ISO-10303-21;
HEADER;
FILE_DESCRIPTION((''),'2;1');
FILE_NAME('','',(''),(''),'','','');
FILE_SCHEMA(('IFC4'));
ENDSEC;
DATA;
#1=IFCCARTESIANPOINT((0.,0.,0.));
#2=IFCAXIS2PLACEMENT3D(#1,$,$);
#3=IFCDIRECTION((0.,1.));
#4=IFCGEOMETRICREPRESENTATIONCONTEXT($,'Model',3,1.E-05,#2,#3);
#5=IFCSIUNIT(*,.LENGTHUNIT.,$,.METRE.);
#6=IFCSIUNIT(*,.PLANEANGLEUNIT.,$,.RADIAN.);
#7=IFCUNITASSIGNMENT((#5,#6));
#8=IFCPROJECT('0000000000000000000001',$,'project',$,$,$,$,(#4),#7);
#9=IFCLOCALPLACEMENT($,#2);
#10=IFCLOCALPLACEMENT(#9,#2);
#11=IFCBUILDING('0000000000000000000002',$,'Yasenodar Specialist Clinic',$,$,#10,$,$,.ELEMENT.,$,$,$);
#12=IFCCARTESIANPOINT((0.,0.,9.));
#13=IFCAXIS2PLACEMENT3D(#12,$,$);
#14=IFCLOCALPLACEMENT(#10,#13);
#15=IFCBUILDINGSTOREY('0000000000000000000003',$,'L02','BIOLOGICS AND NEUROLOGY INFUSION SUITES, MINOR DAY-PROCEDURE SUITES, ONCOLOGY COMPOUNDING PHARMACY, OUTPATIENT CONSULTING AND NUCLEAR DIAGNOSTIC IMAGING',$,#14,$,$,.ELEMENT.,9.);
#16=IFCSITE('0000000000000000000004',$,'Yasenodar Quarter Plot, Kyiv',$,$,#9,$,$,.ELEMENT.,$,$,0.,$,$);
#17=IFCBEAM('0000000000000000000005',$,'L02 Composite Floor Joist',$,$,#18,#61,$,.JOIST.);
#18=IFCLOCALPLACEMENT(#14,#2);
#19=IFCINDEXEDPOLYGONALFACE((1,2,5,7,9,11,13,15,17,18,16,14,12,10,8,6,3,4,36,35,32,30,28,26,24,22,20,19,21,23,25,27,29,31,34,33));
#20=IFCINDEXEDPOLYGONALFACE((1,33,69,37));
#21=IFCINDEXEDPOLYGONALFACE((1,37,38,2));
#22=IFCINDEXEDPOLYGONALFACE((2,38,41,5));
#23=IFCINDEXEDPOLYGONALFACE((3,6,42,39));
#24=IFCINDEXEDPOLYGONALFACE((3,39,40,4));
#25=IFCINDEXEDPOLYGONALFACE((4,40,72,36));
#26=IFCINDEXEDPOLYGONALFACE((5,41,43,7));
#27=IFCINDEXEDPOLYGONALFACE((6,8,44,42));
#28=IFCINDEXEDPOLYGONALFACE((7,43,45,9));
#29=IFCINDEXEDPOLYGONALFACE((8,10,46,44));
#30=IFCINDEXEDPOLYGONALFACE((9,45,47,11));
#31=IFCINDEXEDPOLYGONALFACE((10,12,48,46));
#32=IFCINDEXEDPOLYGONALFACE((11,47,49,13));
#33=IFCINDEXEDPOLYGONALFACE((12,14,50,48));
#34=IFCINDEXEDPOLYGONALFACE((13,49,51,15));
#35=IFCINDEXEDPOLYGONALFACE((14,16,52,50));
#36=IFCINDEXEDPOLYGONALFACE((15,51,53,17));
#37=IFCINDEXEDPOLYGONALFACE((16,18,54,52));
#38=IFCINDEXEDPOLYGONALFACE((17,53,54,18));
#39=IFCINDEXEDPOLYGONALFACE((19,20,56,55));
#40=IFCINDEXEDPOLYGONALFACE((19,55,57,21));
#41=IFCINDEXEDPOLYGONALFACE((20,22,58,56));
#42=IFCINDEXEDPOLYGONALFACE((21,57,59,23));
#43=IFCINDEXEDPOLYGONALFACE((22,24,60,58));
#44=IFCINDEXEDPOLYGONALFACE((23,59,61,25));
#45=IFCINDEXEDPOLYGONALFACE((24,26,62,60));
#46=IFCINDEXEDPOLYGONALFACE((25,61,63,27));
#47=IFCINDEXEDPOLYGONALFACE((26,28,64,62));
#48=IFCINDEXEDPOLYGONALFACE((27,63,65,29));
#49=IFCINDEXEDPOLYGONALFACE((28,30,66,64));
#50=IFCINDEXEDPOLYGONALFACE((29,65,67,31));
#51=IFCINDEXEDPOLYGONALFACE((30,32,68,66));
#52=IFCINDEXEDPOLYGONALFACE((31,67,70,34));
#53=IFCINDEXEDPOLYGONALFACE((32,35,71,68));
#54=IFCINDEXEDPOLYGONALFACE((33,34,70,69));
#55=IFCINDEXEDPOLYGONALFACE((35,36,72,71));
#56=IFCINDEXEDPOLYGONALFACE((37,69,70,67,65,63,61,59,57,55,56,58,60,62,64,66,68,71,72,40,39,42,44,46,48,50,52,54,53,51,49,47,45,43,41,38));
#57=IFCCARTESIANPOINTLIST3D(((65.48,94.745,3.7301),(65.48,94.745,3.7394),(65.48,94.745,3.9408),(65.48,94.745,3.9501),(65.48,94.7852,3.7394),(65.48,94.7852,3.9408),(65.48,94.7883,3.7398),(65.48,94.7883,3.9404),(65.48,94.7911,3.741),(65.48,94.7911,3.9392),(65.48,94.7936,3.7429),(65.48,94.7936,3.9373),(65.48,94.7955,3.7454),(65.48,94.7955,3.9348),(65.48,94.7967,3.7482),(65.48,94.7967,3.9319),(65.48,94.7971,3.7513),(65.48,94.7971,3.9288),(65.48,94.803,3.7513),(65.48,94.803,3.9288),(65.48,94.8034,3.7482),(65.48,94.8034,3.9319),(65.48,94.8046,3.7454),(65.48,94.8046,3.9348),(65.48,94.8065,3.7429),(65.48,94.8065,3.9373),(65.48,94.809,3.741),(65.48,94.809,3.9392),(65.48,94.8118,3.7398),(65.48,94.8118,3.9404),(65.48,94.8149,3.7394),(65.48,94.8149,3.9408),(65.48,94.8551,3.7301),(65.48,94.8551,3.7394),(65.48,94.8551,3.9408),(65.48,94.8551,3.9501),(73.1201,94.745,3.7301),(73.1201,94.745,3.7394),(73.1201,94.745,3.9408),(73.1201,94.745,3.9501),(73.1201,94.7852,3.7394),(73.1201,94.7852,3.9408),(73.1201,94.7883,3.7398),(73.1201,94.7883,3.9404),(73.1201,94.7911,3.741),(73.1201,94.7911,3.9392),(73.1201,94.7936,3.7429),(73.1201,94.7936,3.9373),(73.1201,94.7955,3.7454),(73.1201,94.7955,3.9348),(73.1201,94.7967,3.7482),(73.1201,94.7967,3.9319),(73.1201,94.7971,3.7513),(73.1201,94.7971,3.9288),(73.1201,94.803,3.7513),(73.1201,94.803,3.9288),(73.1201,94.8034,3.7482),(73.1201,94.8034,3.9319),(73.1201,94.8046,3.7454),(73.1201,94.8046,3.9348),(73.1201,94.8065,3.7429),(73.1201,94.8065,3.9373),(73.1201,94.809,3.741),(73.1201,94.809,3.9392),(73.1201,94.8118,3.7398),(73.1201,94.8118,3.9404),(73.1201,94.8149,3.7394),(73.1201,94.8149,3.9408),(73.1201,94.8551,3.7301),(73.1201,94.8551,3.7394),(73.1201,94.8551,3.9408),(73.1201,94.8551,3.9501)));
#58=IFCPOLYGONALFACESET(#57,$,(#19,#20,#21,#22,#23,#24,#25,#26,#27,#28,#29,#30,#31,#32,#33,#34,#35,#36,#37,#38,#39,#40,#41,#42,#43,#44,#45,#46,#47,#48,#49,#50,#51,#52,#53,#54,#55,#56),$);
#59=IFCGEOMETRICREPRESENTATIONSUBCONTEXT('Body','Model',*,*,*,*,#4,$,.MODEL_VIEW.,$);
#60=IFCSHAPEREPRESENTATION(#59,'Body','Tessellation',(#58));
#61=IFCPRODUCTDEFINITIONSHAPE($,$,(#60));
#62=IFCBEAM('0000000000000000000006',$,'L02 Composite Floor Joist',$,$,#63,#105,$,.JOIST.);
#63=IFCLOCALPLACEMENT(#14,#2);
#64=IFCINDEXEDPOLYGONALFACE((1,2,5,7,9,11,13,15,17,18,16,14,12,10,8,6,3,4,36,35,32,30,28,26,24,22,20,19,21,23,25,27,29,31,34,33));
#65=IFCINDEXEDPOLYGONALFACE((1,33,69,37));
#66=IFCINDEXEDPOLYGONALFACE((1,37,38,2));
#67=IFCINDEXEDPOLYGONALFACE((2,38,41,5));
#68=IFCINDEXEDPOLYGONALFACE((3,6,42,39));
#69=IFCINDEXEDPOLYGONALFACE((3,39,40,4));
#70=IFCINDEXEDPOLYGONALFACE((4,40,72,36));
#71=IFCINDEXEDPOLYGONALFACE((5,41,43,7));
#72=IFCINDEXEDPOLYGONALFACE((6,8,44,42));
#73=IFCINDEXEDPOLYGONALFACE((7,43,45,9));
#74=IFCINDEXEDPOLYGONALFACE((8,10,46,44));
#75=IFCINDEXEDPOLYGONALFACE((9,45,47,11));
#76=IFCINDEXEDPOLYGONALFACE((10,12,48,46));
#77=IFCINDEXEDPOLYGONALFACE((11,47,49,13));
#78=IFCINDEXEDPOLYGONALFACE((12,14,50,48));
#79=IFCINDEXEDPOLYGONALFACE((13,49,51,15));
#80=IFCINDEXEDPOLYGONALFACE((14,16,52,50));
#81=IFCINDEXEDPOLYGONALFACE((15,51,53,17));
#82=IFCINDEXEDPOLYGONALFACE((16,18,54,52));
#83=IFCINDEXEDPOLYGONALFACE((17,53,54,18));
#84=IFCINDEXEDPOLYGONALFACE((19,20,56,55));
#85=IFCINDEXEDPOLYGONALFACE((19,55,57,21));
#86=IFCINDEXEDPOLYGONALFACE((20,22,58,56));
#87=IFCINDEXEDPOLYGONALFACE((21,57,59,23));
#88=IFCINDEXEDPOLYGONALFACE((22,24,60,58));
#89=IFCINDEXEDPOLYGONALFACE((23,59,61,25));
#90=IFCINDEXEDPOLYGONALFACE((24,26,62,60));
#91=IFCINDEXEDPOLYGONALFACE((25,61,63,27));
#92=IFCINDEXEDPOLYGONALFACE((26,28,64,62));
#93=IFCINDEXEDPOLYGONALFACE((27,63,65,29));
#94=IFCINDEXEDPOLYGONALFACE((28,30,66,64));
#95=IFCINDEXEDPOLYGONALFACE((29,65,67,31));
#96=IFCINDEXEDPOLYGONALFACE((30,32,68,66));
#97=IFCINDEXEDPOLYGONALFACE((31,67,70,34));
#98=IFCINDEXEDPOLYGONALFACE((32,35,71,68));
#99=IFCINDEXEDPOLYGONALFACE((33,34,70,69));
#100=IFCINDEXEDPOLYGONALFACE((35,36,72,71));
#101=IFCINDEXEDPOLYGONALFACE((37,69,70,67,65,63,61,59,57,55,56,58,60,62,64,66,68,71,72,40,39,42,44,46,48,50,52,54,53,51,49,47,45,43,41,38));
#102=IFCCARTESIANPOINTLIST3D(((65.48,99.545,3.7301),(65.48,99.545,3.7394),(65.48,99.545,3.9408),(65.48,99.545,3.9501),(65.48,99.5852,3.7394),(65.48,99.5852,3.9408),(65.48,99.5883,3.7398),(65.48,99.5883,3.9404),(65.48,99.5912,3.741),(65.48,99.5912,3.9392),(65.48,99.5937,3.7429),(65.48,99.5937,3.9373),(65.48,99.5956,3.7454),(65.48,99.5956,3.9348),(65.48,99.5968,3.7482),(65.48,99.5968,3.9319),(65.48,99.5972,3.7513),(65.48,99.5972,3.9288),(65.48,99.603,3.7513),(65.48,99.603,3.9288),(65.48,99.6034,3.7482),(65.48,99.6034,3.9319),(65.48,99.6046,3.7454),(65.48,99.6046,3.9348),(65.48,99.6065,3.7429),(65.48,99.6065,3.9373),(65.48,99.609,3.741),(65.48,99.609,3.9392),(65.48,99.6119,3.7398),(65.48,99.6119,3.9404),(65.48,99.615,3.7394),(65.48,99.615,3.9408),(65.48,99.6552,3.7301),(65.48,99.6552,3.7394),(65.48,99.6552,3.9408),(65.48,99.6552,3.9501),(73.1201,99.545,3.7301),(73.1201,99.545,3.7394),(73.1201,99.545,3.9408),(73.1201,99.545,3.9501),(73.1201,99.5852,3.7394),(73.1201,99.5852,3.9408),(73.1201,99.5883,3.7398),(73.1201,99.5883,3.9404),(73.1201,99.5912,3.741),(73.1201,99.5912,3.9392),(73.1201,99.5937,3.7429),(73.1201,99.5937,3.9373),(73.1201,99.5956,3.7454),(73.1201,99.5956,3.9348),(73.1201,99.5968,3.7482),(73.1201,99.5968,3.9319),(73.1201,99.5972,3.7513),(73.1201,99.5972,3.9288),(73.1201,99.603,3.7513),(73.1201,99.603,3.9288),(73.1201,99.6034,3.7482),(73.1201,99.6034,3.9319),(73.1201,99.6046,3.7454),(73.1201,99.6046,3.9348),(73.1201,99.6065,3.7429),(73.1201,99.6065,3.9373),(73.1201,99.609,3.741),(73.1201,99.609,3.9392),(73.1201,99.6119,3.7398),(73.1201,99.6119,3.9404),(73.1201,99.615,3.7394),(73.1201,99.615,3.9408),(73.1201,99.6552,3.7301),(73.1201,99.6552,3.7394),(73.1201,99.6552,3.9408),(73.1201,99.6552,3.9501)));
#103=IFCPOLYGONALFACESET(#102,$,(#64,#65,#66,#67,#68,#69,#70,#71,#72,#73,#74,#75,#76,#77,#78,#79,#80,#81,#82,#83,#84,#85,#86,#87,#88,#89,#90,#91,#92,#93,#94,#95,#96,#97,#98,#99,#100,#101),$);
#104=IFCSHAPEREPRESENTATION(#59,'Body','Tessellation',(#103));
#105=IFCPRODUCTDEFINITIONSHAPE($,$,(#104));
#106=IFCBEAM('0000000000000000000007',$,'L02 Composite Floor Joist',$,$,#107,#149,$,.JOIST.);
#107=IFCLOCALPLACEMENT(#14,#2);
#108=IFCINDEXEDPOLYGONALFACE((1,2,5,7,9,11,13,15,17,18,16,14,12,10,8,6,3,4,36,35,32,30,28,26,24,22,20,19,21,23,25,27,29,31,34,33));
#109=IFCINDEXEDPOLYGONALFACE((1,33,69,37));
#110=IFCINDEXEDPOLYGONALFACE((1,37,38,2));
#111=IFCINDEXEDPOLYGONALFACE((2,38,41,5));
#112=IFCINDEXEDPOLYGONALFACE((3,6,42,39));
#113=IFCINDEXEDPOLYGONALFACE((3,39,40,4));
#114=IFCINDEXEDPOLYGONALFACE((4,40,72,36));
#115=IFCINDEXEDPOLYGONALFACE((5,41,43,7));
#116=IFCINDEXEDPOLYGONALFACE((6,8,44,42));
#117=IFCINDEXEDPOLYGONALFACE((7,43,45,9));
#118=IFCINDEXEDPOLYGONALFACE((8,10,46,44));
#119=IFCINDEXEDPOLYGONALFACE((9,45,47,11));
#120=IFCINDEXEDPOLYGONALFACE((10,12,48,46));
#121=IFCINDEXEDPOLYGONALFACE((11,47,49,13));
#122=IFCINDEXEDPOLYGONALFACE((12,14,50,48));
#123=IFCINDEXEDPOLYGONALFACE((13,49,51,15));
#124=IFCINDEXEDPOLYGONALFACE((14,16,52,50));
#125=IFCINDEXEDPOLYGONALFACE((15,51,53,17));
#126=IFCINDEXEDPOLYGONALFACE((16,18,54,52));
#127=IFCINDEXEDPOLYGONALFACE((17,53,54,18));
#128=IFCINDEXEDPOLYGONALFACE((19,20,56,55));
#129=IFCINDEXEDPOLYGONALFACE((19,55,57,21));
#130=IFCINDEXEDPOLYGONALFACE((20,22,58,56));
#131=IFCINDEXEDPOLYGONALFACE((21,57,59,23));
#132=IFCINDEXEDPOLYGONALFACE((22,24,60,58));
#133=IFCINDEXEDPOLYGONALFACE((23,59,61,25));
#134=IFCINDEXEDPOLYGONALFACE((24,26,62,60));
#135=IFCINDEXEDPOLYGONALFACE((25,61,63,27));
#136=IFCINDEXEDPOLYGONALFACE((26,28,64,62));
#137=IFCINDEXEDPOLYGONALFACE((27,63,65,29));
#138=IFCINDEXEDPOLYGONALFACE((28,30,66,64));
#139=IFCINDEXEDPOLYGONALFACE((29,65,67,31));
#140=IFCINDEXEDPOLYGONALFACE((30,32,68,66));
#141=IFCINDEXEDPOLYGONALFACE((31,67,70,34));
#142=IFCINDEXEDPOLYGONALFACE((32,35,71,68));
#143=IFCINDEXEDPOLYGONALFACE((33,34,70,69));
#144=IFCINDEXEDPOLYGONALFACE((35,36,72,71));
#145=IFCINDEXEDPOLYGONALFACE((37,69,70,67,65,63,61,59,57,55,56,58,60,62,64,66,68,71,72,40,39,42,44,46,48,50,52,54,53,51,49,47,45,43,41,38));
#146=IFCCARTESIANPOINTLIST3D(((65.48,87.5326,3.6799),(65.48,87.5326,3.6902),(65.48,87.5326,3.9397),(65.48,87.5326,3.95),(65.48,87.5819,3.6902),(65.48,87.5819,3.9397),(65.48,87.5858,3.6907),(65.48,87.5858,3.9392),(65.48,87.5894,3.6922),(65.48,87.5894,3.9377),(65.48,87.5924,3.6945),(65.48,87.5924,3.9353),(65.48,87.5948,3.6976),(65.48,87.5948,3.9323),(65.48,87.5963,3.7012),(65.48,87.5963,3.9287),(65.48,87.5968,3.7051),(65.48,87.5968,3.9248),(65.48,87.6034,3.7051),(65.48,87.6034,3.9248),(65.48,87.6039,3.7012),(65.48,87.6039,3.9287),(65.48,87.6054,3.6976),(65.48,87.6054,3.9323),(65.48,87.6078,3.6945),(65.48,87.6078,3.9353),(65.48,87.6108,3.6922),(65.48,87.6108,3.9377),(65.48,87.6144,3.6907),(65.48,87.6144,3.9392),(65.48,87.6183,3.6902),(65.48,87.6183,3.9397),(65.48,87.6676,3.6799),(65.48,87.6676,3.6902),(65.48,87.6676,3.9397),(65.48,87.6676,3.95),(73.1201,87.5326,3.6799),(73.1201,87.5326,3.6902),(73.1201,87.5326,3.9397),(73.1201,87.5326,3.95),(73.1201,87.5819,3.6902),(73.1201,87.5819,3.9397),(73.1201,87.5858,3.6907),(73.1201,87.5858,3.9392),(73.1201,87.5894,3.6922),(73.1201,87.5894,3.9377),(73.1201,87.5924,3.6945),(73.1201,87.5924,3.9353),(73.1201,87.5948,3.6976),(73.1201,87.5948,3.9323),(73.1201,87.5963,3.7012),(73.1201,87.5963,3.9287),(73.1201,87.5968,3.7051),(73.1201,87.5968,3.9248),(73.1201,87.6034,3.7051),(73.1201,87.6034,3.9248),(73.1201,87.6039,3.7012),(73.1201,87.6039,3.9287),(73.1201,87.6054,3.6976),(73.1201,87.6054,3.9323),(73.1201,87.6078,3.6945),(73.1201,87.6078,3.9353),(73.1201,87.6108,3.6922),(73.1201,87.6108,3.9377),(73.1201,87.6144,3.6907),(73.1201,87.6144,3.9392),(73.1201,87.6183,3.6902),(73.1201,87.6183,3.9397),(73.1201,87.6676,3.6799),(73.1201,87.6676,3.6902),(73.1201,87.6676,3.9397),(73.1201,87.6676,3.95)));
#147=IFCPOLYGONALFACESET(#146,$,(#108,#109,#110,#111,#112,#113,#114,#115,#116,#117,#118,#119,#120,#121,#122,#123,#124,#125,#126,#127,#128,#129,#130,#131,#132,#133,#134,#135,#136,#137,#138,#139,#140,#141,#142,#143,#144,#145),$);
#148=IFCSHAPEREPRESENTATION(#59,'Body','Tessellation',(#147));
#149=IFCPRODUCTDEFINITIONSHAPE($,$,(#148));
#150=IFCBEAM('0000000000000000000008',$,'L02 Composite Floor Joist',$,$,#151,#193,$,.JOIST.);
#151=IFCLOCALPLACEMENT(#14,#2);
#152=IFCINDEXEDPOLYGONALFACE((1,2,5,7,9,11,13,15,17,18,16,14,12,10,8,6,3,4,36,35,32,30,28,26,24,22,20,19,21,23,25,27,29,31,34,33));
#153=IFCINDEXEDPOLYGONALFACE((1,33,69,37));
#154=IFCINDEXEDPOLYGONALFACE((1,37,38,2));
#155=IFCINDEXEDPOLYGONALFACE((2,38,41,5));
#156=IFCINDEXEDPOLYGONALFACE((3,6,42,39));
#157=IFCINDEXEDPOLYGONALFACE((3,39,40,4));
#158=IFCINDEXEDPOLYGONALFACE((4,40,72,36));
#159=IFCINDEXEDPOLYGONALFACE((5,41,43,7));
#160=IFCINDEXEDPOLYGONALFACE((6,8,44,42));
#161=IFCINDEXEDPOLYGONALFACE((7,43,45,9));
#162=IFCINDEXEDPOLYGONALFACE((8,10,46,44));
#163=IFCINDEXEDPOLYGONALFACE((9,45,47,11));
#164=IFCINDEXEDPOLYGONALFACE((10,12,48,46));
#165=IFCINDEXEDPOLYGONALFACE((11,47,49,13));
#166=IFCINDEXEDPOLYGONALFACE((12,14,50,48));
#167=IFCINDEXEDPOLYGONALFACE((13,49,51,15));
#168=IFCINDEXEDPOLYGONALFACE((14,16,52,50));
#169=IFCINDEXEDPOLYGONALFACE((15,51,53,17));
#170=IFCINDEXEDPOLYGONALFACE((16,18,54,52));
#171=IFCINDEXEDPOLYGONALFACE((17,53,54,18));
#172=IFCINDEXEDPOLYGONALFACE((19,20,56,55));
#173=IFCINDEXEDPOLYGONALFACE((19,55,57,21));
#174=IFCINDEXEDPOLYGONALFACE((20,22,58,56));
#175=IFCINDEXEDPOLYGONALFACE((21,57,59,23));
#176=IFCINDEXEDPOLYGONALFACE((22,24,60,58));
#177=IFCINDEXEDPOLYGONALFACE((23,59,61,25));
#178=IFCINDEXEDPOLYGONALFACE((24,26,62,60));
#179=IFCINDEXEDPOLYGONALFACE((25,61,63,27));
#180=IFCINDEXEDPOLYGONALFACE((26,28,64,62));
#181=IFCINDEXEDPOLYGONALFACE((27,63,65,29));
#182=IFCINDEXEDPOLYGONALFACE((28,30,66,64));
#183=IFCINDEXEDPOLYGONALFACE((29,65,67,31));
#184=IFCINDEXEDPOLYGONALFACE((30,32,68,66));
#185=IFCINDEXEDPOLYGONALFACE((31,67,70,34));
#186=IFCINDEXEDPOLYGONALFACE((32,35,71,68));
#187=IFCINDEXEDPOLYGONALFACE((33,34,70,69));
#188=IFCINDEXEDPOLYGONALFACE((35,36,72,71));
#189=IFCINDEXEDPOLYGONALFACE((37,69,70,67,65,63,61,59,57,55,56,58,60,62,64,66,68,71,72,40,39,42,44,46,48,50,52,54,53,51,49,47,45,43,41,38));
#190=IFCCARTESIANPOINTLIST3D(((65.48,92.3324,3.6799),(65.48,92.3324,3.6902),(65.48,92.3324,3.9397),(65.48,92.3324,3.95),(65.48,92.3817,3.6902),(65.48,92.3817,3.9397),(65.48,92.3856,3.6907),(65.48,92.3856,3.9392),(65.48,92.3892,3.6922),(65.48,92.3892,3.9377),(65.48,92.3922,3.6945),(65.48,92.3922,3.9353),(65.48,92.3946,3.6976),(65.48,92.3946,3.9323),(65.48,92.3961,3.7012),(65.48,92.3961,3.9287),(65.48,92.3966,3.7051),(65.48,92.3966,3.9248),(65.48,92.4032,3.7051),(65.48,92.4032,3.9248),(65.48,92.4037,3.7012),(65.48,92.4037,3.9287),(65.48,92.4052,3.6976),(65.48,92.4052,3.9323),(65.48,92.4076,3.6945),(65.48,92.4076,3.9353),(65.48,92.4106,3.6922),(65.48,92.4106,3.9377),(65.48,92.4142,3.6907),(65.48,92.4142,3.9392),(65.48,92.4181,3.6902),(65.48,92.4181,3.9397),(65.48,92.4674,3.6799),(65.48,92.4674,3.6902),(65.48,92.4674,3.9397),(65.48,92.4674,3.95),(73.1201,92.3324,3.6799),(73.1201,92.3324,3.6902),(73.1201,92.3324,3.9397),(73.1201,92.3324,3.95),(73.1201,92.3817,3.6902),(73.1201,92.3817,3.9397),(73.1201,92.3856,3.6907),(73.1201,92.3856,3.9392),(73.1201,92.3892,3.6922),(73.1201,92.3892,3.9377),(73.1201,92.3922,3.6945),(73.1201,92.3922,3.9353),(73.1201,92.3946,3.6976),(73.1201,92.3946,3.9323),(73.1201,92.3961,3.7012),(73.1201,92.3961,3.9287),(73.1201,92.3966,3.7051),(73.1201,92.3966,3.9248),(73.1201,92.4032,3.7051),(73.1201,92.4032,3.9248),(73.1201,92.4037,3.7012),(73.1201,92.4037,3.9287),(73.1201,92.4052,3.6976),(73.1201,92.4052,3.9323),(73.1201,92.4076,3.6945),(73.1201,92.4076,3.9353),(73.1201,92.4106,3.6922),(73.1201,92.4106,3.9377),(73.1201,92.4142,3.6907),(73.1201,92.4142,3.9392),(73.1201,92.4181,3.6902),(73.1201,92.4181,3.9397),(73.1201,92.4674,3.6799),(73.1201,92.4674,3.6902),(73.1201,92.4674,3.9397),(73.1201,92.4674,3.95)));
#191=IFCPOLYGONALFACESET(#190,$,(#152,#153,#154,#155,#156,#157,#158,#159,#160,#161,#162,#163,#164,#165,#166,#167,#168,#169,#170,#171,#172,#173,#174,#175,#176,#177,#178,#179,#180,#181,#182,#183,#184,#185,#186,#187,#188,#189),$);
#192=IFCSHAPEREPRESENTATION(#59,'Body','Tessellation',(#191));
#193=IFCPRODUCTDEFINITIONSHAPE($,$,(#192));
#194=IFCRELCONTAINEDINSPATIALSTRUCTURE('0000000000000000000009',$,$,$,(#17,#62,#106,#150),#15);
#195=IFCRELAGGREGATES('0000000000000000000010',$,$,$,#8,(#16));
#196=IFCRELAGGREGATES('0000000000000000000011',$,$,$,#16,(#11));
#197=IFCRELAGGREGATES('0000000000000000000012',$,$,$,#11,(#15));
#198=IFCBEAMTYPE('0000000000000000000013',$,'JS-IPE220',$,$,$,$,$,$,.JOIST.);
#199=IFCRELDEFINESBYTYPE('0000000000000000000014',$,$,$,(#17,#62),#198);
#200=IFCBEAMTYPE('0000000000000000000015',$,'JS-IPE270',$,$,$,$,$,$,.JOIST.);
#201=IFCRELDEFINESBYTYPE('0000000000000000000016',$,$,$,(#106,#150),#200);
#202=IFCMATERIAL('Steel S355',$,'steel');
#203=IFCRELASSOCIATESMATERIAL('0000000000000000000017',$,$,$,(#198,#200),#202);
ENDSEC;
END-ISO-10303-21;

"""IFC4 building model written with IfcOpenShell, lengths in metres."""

from ifc_helpers import new_model, si_unit, direction, frame, origin, origin_2d, place, context, subcontext, project, spatial, i_section, extrude, material, material_profile, profile_set, type_object, element, save


model = new_model("IFC4")

# Units and contexts
model_context = context("Model", 3, precision=1e-05, world=origin(), true_north=direction((0.0, 1.0)))
body_context = subcontext(model_context, "Body", "Model", "MODEL_VIEW")
ifc_project = project(units=[si_unit("LENGTHUNIT", "METRE"), si_unit("PLANEANGLEUNIT", "RADIAN")], contexts=[model_context])

# Site, building, storey
site_placement = place(None, origin())
site = spatial("IfcSite", under=ifc_project, at=site_placement, Name="Yasenodar Quarter Plot, Kyiv", CompositionType="ELEMENT", RefElevation=0.0)
building_placement = place(site_placement, origin())
building = spatial("IfcBuilding", under=site, at=building_placement, Name="Yasenodar Specialist Clinic", CompositionType="ELEMENT")
storey_placement = place(building_placement, frame((0.0, 0.0, 9.0)))
storey = spatial("IfcBuildingStorey", under=building, at=storey_placement, Name="L02", Description="BIOLOGICS AND NEUROLOGY INFUSION SUITES, MINOR DAY-PROCEDURE SUITES, ONCOLOGY COMPOUNDING PHARMACY, OUTPATIENT CONSULTING AND NUCLEAR DIAGNOSTIC IMAGING", CompositionType="ELEMENT", Elevation=9.0)

# Shared definitions
ifc_material_1 = material(Name="Steel S355", Category="steel")

# Beams
ifc_material_profile_1 = material_profile(ifc_material_1, i_section(OverallWidth=0.1101, OverallDepth=0.22, WebThickness=0.0059, FlangeThickness=0.0093, FilletRadius=0.012, at=origin_2d()), Name="IPE 220")
ifc_profile_set_1 = profile_set([ifc_material_profile_1], Name="Steel S355")
beam_type_1 = type_object("IfcBeamType", Name="JS-IPE220", PredefinedType="JOIST", material=ifc_profile_set_1)
for number, where, z_axis, x_axis, name in (
    (1, (65.48, 94.8, 3.8401), (1.0, 0.0, 0.0), (0.0, 1.0, 0.0), "L02 Composite Floor Joist"),
    (2, (65.48, 99.6001, 3.8401), (1.0, 0.0, 0.0), (0.0, 1.0, 0.0), "L02 Composite Floor Joist"),
):
    element("IfcBeam", number, at=place(storey_placement, frame(where, z_axis=z_axis, x_axis=x_axis)), inside=storey, type_object=beam_type_1, Name=name, PredefinedType="JOIST", context=body_context, shape_type="SweptSolid", body=[
        extrude(i_section(OverallWidth=0.1101, OverallDepth=0.22, WebThickness=0.0059, FlangeThickness=0.0093, FilletRadius=0.012, at=origin_2d()), origin(), (0.0, 0.0, 1.0), 7.6401),
    ])
ifc_material_profile_2 = material_profile(ifc_material_1, i_section(OverallWidth=0.135, OverallDepth=0.27, WebThickness=0.0066, FlangeThickness=0.0103, FilletRadius=0.0149, at=origin_2d()), Name="IPE 270")
ifc_profile_set_2 = profile_set([ifc_material_profile_2], Name="Steel S355")
beam_type_2 = type_object("IfcBeamType", Name="JS-IPE270", PredefinedType="JOIST", material=ifc_profile_set_2)
for number, where, z_axis, x_axis, name in (
    (3, (65.48, 87.6001, 3.8149), (1.0, 0.0, 0.0), (0.0, 1.0, 0.0), "L02 Composite Floor Joist"),
    (4, (65.48, 92.3999, 3.8149), (1.0, 0.0, 0.0), (0.0, 1.0, 0.0), "L02 Composite Floor Joist"),
):
    element("IfcBeam", number, at=place(storey_placement, frame(where, z_axis=z_axis, x_axis=x_axis)), inside=storey, type_object=beam_type_2, Name=name, PredefinedType="JOIST", context=body_context, shape_type="SweptSolid", body=[
        extrude(i_section(OverallWidth=0.135, OverallDepth=0.27, WebThickness=0.0066, FlangeThickness=0.0103, FilletRadius=0.0149, at=origin_2d()), origin(), (0.0, 0.0, 1.0), 7.6401),
    ])

save(model, "model.ifc")
